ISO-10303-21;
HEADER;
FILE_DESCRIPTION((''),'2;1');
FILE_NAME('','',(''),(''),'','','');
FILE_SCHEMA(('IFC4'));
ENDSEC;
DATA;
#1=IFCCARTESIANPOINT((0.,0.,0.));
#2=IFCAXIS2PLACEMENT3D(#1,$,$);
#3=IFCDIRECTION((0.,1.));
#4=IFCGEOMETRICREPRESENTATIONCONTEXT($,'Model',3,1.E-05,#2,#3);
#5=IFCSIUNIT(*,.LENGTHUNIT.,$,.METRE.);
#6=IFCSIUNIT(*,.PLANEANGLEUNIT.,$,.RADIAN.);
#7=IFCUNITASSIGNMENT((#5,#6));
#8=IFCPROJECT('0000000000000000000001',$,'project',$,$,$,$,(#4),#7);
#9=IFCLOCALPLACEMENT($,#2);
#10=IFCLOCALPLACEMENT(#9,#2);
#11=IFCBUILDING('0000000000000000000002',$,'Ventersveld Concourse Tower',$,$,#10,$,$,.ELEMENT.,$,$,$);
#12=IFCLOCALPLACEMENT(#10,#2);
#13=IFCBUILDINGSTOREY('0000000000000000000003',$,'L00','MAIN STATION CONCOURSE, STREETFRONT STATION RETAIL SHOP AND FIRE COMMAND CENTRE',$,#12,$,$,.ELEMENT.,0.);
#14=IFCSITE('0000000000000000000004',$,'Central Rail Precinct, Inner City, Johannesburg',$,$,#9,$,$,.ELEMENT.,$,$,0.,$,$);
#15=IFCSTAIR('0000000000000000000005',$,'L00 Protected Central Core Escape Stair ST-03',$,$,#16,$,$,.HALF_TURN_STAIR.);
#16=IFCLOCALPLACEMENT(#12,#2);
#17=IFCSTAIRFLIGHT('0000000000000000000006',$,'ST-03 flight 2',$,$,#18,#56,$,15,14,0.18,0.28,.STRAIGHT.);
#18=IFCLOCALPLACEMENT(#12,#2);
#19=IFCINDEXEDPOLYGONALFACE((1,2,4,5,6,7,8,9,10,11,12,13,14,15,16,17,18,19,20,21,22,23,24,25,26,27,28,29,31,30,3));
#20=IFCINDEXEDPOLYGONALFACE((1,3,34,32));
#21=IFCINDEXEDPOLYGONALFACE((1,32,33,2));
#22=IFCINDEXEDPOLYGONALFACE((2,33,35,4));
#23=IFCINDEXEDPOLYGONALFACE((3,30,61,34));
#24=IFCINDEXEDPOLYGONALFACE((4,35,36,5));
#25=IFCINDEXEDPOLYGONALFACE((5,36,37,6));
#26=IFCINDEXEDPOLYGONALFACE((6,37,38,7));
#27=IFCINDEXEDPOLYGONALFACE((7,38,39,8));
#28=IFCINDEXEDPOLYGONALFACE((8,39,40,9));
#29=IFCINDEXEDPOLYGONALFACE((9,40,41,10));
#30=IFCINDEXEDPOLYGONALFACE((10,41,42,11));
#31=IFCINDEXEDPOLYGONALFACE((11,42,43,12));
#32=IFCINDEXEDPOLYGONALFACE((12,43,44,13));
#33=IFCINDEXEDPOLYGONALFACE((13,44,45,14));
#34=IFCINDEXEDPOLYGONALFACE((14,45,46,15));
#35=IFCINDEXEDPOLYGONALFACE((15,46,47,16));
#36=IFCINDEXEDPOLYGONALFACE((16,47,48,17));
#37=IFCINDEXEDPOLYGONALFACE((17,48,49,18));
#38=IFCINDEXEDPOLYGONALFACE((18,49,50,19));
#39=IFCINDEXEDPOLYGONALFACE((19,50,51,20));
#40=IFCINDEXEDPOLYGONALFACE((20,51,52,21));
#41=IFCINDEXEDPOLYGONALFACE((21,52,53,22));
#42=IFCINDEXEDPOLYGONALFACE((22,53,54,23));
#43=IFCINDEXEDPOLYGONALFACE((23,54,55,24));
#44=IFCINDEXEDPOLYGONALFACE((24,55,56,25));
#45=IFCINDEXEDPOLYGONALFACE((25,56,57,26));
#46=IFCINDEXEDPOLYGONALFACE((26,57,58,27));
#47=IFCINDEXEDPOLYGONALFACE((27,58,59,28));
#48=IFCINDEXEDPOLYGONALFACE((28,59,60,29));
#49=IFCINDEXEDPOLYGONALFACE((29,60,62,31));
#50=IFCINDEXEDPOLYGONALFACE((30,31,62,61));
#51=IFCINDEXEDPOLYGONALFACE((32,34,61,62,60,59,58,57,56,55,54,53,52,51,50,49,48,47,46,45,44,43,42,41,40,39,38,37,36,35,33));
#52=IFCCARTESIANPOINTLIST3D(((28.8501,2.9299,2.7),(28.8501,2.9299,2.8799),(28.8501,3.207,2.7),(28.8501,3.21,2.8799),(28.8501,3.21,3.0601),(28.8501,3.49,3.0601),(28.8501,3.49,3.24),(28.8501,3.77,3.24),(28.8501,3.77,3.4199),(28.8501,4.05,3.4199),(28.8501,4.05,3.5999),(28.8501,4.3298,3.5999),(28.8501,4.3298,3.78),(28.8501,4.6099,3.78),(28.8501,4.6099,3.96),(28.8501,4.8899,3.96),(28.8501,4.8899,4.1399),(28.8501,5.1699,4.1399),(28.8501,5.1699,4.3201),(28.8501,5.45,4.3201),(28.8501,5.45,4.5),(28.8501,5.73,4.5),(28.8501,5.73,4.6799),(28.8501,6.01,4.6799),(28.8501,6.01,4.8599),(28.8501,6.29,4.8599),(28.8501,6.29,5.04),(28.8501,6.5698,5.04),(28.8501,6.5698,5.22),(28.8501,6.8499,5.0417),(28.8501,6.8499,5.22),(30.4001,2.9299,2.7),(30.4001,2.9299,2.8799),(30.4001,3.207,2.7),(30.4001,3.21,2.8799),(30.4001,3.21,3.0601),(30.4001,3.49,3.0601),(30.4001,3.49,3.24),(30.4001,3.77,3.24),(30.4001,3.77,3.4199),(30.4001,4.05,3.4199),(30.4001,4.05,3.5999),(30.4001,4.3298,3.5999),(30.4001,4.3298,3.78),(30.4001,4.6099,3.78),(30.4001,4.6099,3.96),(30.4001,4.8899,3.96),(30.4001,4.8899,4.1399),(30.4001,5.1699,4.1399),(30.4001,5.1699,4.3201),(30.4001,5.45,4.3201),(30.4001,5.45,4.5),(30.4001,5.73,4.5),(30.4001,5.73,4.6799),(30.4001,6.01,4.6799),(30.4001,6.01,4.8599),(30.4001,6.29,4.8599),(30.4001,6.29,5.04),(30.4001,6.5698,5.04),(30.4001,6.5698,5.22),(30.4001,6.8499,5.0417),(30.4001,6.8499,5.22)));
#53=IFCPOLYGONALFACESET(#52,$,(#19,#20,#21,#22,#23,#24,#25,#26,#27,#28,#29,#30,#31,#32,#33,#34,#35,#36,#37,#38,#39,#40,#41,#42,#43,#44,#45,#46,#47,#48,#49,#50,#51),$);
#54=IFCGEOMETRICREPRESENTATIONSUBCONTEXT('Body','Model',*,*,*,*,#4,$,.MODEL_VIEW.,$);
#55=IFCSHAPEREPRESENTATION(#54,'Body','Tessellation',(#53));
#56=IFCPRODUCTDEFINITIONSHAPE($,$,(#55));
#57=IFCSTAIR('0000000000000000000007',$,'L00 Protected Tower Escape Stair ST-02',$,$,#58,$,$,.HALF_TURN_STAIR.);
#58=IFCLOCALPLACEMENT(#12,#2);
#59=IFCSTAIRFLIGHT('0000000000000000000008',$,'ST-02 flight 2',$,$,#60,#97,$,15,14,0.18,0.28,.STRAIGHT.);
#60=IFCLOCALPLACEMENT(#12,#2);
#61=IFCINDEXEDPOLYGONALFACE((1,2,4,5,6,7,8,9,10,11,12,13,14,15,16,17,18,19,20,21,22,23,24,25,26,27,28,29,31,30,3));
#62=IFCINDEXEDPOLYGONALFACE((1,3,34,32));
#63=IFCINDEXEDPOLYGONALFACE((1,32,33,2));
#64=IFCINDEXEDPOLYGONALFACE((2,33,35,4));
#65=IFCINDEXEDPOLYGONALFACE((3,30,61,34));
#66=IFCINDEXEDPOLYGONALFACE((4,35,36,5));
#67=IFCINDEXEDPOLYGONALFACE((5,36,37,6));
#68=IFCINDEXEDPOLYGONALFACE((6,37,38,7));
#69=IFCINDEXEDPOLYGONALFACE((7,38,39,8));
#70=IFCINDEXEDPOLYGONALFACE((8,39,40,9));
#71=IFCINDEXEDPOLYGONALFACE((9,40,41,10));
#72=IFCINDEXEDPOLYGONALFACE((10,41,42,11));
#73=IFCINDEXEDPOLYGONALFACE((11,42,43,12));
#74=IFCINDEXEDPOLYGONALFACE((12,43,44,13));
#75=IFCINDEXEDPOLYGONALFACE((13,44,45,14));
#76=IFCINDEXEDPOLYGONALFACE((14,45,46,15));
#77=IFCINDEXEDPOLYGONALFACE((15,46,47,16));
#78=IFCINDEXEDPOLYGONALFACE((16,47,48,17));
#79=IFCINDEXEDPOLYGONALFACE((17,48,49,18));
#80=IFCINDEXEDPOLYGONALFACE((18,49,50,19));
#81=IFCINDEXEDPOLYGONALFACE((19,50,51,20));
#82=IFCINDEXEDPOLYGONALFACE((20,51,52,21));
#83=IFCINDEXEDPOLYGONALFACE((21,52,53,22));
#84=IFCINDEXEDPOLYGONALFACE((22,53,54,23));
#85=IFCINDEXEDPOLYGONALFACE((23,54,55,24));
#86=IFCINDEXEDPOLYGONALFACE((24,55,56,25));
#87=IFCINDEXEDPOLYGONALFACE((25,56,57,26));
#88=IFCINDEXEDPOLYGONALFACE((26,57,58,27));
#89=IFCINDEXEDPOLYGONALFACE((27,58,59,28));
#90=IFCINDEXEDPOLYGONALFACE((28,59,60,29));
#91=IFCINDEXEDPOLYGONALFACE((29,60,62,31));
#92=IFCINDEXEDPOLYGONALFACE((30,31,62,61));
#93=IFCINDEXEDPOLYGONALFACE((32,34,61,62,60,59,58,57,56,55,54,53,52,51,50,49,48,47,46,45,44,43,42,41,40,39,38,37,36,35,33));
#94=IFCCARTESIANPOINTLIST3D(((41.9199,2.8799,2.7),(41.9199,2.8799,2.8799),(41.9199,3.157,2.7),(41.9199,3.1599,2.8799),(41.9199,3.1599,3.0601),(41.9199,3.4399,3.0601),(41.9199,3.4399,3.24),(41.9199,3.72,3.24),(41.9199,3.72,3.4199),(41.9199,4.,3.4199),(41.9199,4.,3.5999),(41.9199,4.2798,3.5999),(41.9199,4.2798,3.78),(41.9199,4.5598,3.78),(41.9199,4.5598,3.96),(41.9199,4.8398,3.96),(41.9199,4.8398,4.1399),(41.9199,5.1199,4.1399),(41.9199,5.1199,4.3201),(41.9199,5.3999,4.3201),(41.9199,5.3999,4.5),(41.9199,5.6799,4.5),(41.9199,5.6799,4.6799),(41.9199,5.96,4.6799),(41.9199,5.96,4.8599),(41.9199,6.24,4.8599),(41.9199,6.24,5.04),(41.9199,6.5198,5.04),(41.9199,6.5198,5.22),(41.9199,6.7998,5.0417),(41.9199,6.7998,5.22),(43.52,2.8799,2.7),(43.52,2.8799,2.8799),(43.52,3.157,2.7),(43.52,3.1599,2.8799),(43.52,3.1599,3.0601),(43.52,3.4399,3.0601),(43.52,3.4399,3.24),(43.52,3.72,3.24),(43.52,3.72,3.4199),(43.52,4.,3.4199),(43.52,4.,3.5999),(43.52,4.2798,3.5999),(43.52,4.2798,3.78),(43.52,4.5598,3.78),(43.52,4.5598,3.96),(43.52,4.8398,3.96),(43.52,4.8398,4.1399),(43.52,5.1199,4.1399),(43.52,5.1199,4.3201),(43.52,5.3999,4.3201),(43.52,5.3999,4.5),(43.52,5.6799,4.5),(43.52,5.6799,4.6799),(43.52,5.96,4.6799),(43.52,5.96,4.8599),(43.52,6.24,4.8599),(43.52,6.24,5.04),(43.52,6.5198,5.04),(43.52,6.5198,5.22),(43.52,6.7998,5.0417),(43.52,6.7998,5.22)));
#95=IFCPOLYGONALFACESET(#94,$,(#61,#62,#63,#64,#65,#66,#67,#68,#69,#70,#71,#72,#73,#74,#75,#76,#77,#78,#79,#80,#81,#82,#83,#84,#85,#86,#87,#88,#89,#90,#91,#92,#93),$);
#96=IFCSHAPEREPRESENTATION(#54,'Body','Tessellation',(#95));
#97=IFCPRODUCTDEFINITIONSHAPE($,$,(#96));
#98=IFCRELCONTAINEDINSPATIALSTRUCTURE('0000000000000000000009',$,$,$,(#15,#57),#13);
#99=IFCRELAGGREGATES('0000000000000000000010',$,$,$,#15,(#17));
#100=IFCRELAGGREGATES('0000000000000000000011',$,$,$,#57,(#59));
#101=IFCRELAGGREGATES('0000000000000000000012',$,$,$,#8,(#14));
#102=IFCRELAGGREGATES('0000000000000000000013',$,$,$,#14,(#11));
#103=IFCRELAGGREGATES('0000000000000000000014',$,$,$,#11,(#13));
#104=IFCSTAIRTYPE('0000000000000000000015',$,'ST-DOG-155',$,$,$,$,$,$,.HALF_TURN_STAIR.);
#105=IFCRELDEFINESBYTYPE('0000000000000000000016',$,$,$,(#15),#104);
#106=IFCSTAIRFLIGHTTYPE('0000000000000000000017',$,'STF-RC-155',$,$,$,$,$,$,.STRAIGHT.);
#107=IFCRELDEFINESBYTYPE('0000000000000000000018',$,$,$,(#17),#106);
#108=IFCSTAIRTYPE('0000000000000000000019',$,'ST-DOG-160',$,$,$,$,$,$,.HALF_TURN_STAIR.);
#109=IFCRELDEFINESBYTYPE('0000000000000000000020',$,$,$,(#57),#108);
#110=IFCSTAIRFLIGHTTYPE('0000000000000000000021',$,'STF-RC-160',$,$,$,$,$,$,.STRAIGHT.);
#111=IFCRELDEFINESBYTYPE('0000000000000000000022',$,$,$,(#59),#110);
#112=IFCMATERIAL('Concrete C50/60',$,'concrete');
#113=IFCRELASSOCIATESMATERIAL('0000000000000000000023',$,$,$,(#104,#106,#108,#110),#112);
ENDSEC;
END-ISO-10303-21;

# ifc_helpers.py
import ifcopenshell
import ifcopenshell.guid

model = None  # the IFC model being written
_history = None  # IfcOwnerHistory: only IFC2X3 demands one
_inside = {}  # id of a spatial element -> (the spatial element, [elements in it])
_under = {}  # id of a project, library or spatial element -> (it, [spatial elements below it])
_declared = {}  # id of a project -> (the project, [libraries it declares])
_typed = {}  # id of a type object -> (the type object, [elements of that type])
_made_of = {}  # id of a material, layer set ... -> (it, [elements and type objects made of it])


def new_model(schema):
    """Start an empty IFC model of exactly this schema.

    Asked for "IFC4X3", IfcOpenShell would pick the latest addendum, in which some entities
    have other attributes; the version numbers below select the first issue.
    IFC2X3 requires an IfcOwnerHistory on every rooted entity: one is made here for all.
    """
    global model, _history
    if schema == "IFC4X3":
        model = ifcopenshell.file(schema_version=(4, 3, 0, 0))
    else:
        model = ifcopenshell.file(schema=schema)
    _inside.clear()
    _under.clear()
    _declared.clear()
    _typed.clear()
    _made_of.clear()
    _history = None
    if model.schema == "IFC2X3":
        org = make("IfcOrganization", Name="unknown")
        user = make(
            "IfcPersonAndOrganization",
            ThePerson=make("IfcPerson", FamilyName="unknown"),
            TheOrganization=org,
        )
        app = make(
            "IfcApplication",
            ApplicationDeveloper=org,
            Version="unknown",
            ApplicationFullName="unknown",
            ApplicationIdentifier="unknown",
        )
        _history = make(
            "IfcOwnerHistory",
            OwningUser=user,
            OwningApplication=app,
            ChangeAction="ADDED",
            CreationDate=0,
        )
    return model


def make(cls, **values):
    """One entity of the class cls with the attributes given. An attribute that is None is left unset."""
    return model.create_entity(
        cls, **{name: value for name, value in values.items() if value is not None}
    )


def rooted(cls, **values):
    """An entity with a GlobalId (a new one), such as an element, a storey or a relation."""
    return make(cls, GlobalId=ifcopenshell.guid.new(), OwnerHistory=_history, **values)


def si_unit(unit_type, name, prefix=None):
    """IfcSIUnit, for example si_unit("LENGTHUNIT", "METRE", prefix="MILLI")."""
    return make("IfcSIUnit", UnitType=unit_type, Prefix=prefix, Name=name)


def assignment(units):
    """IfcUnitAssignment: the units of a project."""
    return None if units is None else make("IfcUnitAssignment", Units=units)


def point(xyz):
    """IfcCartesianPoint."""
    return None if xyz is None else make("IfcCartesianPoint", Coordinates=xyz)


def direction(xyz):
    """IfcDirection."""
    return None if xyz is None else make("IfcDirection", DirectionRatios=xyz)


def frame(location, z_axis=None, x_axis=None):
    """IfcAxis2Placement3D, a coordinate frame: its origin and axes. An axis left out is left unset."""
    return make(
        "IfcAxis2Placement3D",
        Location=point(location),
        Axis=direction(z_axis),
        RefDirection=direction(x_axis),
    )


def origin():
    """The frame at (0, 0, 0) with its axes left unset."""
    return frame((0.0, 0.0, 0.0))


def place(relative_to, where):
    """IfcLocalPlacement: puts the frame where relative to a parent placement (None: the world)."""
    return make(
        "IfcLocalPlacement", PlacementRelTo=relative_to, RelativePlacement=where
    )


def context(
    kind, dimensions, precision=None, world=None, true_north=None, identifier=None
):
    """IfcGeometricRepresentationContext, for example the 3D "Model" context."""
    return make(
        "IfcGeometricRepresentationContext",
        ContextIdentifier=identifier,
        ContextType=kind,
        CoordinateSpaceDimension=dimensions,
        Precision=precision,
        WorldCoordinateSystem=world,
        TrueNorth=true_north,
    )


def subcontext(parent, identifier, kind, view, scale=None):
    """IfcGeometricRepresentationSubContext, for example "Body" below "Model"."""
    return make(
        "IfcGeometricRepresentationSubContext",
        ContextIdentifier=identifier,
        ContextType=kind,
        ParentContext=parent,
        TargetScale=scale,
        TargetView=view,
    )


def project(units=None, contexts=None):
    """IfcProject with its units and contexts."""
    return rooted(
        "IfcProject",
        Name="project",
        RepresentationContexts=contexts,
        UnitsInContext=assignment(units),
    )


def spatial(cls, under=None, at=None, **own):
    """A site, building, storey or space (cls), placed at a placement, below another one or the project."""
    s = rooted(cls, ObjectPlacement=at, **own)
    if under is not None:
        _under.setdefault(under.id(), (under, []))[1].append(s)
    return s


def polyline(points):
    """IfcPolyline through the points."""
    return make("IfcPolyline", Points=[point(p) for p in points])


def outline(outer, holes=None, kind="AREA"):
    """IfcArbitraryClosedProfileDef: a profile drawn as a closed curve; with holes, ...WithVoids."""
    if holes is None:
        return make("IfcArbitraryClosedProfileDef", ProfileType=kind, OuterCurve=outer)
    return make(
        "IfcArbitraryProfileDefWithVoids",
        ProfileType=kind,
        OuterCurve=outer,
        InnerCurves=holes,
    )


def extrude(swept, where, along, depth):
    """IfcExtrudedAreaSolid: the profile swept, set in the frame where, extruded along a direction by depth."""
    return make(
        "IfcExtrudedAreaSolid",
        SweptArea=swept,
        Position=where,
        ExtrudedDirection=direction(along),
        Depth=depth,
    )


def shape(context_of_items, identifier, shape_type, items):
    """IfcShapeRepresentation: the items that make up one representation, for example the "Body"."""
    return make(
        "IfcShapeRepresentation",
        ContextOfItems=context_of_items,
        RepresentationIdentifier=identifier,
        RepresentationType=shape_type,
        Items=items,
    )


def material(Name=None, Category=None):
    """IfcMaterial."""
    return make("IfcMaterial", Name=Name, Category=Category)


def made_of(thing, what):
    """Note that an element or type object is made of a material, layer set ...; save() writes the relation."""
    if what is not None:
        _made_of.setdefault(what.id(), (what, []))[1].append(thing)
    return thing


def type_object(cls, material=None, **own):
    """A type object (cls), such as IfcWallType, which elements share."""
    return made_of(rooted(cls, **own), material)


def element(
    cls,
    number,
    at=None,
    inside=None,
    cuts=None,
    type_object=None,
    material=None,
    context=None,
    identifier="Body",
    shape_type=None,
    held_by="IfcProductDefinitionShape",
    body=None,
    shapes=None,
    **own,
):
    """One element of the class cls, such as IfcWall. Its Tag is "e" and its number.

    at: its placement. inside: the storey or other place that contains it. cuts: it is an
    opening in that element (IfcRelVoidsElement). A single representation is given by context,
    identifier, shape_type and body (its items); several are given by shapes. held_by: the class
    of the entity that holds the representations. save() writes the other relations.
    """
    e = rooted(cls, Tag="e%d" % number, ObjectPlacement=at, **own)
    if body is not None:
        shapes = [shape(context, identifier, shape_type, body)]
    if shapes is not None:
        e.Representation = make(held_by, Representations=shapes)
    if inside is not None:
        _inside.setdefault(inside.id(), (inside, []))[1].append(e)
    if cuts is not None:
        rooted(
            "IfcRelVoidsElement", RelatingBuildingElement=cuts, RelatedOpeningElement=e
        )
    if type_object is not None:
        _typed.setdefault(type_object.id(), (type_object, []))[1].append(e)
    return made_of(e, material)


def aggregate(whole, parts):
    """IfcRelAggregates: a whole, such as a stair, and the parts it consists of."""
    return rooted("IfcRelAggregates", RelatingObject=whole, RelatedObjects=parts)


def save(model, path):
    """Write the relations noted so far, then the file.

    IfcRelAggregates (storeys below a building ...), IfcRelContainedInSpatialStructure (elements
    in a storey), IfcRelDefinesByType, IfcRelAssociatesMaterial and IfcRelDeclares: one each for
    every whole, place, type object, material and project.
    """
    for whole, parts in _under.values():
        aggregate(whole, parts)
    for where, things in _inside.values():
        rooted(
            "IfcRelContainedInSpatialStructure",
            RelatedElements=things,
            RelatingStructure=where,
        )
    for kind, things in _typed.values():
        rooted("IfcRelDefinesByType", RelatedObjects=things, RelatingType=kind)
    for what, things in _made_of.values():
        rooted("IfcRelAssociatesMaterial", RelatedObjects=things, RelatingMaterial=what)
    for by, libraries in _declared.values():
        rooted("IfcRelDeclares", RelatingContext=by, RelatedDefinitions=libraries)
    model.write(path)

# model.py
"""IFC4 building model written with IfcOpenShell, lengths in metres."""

from ifc_helpers import new_model, si_unit, direction, frame, origin, place, context, subcontext, project, spatial, polyline, outline, extrude, material, type_object, element, aggregate, save


model = new_model("IFC4")

# Units and contexts
model_context = context("Model", 3, precision=1e-05, world=origin(), true_north=direction((0.0, 1.0)))
body_context = subcontext(model_context, "Body", "Model", "MODEL_VIEW")
ifc_project = project(units=[si_unit("LENGTHUNIT", "METRE"), si_unit("PLANEANGLEUNIT", "RADIAN")], contexts=[model_context])

# Site, building, storey
site_placement = place(None, origin())
site = spatial("IfcSite", under=ifc_project, at=site_placement, Name="Central Rail Precinct, Inner City, Johannesburg", CompositionType="ELEMENT", RefElevation=0.0)
building_placement = place(site_placement, origin())
building = spatial("IfcBuilding", under=site, at=building_placement, Name="Ventersveld Concourse Tower", CompositionType="ELEMENT")
storey_placement = place(building_placement, origin())
storey = spatial("IfcBuildingStorey", under=building, at=storey_placement, Name="L00", Description="MAIN STATION CONCOURSE, STREETFRONT STATION RETAIL SHOP AND FIRE COMMAND CENTRE", CompositionType="ELEMENT", Elevation=0.0)

# Stairs, stair flights
ifc_material_1 = material(Name="Concrete C50/60", Category="concrete")
stair_type_1 = type_object("IfcStairType", Name="ST-DOG-155", PredefinedType="HALF_TURN_STAIR", material=ifc_material_1)
stair_1_placement = place(storey_placement, origin())
stair_1 = element("IfcStair", 1, at=stair_1_placement, inside=storey, type_object=stair_type_1, Name="L00 Protected Central Core Escape Stair ST-03", PredefinedType="HALF_TURN_STAIR")
stair_flight_type_1 = type_object("IfcStairFlightType", Name="STF-RC-155", PredefinedType="STRAIGHT", material=ifc_material_1)
stair_flight_1_placement = place(storey_placement, frame((29.625, 2.9299, 2.7), z_axis=(0.0, 0.0, 1.0), x_axis=(0.0, 1.0, 0.0)))
stair_flight_1 = element("IfcStairFlight", 2, at=stair_flight_1_placement, type_object=stair_flight_type_1, Name="ST-03 flight 2", NumberOfRisers=15, NumberOfTreads=14, PredefinedType="STRAIGHT", RiserHeight=0.18, TreadLength=0.28, context=body_context, shape_type="SweptSolid", body=[
    extrude(outline(polyline([(0.0, 0.0), (0.0, 0.1799), (0.28, 0.1799), (0.28, 0.3601), (0.5601, 0.3601), (0.5601, 0.54), (0.8401, 0.54), (0.8401, 0.72), (1.1201, 0.72), (1.1201, 0.8999), (1.3999, 0.8999), (1.3999, 1.0801), (1.6799, 1.0801), (1.6799, 1.26), (1.96, 1.26), (1.96, 1.4399), (2.24, 1.4399), (2.24, 1.6201), (2.52, 1.6201), (2.52, 1.8), (2.8, 1.8), (2.8, 1.98), (3.0801, 1.98), (3.0801, 2.1599), (3.3601, 2.1599), (3.3601, 2.3401), (3.6399, 2.3401), (3.6399, 2.52), (3.9199, 2.52), (3.9199, 2.7), (3.9199, 2.3418), (0.2771, 0.0), (0.0, 0.0)])), frame((0.0, 0.7749, 0.0), z_axis=(0.0, -1.0, 0.0), x_axis=(1.0, 0.0, 0.0)), (0.0, 0.0, 1.0), 1.55),
])
aggregate(stair_1, [stair_flight_1])
stair_type_2 = type_object("IfcStairType", Name="ST-DOG-160", PredefinedType="HALF_TURN_STAIR", material=ifc_material_1)
stair_2_placement = place(storey_placement, origin())
stair_2 = element("IfcStair", 3, at=stair_2_placement, inside=storey, type_object=stair_type_2, Name="L00 Protected Tower Escape Stair ST-02", PredefinedType="HALF_TURN_STAIR")
stair_flight_type_2 = type_object("IfcStairFlightType", Name="STF-RC-160", PredefinedType="STRAIGHT", material=ifc_material_1)
stair_flight_2_placement = place(storey_placement, frame((42.72, 2.8799, 2.7), z_axis=(0.0, 0.0, 1.0), x_axis=(0.0, 1.0, 0.0)))
stair_flight_2 = element("IfcStairFlight", 4, at=stair_flight_2_placement, type_object=stair_flight_type_2, Name="ST-02 flight 2", NumberOfRisers=15, NumberOfTreads=14, PredefinedType="STRAIGHT", RiserHeight=0.18, TreadLength=0.28, context=body_context, shape_type="SweptSolid", body=[
    extrude(outline(polyline([(0.0, 0.0), (0.0, 0.1799), (0.28, 0.1799), (0.28, 0.3601), (0.5601, 0.3601), (0.5601, 0.54), (0.8401, 0.54), (0.8401, 0.72), (1.1201, 0.72), (1.1201, 0.8999), (1.3999, 0.8999), (1.3999, 1.0801), (1.6799, 1.0801), (1.6799, 1.26), (1.96, 1.26), (1.96, 1.4399), (2.24, 1.4399), (2.24, 1.6201), (2.52, 1.6201), (2.52, 1.8), (2.8, 1.8), (2.8, 1.98), (3.0801, 1.98), (3.0801, 2.1599), (3.3601, 2.1599), (3.3601, 2.3401), (3.6399, 2.3401), (3.6399, 2.52), (3.9199, 2.52), (3.9199, 2.7), (3.9199, 2.3418), (0.2771, 0.0), (0.0, 0.0)])), frame((0.0, 0.8, 0.0), z_axis=(0.0, -1.0, 0.0), x_axis=(1.0, 0.0, 0.0)), (0.0, 0.0, 1.0), 1.6001),
])
aggregate(stair_2, [stair_flight_2])

save(model, "model.ifc")
